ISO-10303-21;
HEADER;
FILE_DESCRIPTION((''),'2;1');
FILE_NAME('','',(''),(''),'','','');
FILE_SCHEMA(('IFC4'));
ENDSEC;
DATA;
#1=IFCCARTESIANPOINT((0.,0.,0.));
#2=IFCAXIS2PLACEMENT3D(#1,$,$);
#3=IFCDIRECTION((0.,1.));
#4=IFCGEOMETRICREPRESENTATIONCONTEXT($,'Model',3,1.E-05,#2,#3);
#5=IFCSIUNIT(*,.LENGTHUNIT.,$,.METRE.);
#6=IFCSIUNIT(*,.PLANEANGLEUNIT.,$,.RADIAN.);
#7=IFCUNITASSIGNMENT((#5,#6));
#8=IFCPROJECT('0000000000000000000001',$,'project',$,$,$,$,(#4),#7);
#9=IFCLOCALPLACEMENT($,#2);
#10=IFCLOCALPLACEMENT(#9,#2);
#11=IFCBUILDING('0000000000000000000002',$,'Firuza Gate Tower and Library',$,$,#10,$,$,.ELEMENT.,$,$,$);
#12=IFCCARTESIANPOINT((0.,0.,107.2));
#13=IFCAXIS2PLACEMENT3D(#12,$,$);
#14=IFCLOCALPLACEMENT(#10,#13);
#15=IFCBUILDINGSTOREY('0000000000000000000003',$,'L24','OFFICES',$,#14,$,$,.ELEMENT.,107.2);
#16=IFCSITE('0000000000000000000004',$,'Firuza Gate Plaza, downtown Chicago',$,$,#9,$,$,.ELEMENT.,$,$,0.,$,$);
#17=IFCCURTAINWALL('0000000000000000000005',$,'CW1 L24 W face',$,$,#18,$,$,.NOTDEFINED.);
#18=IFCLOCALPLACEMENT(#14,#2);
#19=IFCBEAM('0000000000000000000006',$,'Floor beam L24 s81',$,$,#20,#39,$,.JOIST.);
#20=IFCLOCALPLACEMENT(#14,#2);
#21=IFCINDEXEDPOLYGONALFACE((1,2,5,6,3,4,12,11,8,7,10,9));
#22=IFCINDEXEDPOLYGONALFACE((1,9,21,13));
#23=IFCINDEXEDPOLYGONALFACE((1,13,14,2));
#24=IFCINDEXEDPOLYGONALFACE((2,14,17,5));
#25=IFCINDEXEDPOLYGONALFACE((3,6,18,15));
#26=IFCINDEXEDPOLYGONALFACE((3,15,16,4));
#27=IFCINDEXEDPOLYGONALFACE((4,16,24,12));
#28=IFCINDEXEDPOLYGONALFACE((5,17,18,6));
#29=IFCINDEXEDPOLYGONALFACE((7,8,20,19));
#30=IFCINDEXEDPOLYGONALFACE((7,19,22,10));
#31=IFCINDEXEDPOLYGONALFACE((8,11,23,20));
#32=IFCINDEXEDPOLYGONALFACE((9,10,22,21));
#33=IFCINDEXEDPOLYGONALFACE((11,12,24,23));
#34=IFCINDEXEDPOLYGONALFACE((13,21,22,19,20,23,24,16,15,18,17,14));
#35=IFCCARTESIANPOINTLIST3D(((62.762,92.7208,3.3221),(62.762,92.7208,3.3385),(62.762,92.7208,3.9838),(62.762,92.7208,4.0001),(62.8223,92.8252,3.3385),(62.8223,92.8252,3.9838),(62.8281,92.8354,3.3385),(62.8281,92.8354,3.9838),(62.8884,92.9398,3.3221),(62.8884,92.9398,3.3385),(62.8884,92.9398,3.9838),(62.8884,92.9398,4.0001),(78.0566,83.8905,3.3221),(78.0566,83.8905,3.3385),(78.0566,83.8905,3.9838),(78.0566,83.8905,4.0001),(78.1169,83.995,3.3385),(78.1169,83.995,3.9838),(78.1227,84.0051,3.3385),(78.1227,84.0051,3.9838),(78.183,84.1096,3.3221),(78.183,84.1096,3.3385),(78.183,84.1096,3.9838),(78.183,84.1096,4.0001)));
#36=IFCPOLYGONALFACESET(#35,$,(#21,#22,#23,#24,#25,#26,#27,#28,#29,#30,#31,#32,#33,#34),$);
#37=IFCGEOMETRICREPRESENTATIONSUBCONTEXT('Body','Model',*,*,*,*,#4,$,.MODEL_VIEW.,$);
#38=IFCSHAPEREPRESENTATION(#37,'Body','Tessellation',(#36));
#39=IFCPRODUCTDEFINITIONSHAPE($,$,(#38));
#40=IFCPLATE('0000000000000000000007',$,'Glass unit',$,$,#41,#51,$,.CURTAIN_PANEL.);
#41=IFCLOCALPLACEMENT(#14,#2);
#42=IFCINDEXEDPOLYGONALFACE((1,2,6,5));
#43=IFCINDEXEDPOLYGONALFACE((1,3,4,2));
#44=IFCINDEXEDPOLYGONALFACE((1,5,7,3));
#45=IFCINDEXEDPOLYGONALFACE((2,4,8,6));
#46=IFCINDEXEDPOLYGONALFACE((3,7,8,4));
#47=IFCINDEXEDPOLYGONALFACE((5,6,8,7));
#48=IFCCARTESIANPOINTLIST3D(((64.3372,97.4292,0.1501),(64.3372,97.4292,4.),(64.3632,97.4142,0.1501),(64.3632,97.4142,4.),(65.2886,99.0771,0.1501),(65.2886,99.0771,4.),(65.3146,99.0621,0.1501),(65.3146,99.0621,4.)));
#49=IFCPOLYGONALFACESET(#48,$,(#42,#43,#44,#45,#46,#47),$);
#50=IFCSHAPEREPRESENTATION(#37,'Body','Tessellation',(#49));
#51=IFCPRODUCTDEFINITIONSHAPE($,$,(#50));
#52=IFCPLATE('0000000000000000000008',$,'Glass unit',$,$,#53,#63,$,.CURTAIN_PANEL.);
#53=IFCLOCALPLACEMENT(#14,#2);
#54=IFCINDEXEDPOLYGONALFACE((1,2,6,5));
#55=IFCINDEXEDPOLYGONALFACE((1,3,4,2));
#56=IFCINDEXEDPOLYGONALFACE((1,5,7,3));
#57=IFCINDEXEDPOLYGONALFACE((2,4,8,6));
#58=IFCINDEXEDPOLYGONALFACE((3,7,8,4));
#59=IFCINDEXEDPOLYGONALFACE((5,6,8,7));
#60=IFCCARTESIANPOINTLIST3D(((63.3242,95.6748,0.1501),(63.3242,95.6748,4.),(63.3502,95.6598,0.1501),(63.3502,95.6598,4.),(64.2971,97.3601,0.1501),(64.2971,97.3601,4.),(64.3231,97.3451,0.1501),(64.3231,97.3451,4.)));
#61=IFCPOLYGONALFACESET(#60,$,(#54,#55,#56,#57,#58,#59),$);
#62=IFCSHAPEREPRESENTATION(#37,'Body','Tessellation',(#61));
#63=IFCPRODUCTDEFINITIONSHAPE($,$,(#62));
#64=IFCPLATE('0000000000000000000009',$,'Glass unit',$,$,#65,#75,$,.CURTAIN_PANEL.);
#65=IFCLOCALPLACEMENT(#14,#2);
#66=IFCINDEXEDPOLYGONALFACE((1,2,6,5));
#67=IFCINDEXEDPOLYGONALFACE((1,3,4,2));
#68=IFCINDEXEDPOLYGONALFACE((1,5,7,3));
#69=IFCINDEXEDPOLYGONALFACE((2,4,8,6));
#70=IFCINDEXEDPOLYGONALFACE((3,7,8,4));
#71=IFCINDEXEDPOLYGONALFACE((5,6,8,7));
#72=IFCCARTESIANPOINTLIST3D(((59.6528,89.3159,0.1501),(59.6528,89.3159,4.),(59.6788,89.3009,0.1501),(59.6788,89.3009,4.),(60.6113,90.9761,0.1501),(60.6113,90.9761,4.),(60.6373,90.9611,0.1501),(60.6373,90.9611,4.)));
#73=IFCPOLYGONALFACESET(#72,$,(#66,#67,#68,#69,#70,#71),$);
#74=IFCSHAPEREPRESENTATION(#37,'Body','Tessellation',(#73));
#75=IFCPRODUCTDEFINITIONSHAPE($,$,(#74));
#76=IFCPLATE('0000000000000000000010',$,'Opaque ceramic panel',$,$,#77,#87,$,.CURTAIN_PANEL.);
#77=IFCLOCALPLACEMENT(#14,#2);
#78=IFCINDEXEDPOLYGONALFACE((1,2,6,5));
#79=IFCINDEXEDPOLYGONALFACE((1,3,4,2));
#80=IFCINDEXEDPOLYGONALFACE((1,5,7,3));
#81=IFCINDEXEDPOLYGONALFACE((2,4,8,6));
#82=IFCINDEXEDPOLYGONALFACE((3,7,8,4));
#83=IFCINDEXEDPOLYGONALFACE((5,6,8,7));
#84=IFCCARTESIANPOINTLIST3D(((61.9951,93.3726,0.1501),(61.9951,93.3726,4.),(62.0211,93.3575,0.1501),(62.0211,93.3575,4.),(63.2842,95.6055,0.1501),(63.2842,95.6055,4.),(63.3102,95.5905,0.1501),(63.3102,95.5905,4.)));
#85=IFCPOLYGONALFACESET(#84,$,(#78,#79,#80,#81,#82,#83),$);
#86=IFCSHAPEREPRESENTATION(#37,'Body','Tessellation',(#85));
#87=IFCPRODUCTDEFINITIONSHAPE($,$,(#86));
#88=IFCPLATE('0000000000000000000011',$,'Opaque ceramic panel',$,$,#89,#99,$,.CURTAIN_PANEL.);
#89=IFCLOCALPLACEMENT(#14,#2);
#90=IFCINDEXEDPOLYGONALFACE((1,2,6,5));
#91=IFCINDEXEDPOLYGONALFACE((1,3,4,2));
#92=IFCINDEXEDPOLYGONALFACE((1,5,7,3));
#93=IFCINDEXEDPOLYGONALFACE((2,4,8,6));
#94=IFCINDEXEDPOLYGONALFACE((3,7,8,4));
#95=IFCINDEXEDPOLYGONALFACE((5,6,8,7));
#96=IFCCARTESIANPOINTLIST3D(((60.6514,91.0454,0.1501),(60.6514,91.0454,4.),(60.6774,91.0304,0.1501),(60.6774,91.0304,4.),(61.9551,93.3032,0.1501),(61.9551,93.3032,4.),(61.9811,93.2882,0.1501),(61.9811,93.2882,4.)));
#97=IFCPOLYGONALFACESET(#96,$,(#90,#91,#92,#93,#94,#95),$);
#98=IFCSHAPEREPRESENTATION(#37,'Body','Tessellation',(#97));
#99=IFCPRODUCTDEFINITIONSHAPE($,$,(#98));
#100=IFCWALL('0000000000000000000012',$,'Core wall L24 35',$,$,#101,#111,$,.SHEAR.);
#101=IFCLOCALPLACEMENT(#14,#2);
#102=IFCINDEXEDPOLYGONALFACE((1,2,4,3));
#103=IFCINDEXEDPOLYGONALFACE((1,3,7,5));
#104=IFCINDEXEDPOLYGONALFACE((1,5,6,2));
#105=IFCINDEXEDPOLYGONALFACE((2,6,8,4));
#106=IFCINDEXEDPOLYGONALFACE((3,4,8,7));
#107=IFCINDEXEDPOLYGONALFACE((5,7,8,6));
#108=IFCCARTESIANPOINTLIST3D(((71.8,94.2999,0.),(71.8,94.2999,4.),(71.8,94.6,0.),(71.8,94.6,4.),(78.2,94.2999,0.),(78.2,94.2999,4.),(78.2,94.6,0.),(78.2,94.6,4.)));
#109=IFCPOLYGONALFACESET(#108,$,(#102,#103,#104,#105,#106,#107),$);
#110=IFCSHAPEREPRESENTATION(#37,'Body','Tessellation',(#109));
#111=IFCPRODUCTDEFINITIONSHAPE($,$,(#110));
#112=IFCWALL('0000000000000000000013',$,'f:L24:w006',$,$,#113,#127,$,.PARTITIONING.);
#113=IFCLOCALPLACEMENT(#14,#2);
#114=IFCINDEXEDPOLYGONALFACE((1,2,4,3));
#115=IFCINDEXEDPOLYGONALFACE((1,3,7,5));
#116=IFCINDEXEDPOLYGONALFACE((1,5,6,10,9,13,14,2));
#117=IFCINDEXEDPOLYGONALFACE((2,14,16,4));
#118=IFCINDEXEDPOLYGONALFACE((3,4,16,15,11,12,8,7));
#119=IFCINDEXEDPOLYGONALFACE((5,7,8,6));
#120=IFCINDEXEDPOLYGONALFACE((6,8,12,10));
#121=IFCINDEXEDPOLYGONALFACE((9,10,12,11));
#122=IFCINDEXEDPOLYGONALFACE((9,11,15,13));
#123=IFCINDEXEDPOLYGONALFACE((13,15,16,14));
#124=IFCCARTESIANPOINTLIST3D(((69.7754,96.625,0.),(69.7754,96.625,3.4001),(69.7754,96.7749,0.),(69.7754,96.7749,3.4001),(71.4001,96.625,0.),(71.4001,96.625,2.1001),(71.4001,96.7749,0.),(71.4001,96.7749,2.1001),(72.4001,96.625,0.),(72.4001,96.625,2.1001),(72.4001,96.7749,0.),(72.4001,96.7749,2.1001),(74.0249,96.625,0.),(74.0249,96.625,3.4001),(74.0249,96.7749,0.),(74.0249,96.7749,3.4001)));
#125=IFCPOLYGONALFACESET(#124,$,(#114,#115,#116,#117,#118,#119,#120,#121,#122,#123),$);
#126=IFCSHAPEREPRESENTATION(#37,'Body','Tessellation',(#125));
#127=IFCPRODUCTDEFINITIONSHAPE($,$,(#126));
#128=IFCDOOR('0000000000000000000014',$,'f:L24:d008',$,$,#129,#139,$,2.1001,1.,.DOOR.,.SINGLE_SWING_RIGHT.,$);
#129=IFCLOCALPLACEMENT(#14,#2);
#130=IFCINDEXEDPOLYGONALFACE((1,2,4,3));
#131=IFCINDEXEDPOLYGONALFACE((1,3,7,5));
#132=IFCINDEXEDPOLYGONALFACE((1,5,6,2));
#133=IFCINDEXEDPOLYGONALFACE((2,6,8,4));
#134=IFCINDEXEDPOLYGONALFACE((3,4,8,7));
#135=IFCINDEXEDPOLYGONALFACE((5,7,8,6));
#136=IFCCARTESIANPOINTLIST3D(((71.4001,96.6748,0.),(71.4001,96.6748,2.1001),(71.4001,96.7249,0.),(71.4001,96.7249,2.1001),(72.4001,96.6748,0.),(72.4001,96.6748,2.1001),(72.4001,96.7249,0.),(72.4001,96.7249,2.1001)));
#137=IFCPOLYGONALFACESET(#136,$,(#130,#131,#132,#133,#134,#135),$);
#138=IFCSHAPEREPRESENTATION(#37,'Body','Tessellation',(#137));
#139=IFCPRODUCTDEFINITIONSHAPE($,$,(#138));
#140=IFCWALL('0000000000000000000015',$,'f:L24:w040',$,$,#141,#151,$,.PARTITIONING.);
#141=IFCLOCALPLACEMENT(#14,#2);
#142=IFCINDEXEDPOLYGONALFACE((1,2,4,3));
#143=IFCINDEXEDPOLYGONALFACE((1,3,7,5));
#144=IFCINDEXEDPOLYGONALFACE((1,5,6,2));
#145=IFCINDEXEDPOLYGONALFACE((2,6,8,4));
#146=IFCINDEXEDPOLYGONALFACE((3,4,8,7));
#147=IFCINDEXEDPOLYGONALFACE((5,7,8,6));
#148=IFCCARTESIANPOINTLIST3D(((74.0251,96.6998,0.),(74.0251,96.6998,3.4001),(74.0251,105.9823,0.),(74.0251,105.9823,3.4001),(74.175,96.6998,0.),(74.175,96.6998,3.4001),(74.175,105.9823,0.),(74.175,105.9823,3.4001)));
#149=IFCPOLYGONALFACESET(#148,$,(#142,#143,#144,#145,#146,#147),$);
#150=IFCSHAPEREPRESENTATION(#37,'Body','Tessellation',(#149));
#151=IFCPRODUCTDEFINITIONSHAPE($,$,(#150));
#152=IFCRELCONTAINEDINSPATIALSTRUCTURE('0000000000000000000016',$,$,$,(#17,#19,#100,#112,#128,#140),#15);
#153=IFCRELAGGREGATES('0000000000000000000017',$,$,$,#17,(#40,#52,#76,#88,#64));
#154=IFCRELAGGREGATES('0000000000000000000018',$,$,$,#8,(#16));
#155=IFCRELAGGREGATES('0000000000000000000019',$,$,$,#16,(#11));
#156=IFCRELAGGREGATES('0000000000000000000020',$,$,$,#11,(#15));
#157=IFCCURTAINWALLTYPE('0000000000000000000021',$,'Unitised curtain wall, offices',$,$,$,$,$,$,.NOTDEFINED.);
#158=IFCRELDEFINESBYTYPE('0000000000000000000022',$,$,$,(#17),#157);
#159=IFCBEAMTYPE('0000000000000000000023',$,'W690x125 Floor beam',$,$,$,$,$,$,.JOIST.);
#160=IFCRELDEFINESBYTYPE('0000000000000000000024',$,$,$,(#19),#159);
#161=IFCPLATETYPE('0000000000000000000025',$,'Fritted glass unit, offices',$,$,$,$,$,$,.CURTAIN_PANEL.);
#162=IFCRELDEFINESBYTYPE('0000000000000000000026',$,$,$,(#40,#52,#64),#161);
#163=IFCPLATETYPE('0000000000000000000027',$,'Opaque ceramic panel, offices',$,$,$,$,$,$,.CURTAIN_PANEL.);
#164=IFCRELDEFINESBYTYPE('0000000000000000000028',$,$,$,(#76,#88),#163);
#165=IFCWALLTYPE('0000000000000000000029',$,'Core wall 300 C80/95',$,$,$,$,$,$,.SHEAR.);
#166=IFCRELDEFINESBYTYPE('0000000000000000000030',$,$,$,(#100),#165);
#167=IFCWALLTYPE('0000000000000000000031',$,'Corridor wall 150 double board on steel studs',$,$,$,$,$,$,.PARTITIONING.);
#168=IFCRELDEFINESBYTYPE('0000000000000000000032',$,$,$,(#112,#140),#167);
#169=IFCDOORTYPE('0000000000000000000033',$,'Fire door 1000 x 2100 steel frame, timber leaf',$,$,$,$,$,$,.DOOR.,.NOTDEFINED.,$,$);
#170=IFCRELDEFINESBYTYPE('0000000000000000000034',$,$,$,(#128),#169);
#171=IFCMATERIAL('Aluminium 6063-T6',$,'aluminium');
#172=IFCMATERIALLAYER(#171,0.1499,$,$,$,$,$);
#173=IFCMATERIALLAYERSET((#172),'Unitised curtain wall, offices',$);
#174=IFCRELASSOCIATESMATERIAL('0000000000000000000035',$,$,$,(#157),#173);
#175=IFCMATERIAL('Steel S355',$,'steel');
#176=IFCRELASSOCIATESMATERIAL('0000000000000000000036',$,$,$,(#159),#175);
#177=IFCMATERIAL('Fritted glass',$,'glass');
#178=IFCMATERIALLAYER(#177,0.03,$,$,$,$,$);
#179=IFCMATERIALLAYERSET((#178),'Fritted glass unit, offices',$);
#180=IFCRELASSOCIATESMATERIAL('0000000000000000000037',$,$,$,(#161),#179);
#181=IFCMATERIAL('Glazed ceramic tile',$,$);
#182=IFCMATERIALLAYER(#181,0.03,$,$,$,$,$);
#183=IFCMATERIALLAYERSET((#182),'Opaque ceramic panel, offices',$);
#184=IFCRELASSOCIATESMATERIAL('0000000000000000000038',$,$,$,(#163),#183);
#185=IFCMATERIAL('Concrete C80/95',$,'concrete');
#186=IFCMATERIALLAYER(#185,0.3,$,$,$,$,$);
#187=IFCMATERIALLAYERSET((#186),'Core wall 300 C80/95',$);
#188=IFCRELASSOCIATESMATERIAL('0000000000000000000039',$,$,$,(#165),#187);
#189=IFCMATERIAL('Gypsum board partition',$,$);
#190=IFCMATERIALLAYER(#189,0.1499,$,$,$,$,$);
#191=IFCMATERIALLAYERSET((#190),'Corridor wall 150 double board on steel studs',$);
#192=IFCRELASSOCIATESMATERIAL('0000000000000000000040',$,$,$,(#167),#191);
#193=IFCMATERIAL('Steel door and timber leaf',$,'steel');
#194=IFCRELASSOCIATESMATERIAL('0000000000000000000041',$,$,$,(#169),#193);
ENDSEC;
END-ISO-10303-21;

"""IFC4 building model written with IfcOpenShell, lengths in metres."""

from ifc_helpers import new_model, si_unit, direction, frame, frame_2d, origin, origin_2d, place, context, subcontext, project, spatial, polyline, rectangle, i_section, outline, extrude, material, layer, layer_set, material_profile, profile_set, type_object, element, fill, aggregate, save


model = new_model("IFC4")

# Units and contexts
model_context = context("Model", 3, precision=1e-05, world=origin(), true_north=direction((0.0, 1.0)))
body_context = subcontext(model_context, "Body", "Model", "MODEL_VIEW")
ifc_project = project(units=[si_unit("LENGTHUNIT", "METRE"), si_unit("PLANEANGLEUNIT", "RADIAN")], contexts=[model_context])

# Site, building, storey
site_placement = place(None, origin())
site = spatial("IfcSite", under=ifc_project, at=site_placement, Name="Firuza Gate Plaza, downtown Chicago", CompositionType="ELEMENT", RefElevation=0.0)
building_placement = place(site_placement, origin())
building = spatial("IfcBuilding", under=site, at=building_placement, Name="Firuza Gate Tower and Library", CompositionType="ELEMENT")
storey_placement = place(building_placement, frame((0.0, 0.0, 107.2)))
storey = spatial("IfcBuildingStorey", under=building, at=storey_placement, Name="L24", Description="OFFICES", CompositionType="ELEMENT", Elevation=107.2)

# Curtain wall
ifc_material_1 = material(Name="Aluminium 6063-T6", Category="aluminium")
ifc_layer_1 = layer(ifc_material_1, 0.1499)
ifc_layer_set_1 = layer_set([ifc_layer_1], Name="Unitised curtain wall, offices")
curtain_wall_type = type_object("IfcCurtainWallType", Name="Unitised curtain wall, offices", PredefinedType="NOTDEFINED", material=ifc_layer_set_1)
placement = place(storey_placement, origin())
curtain_wall = element("IfcCurtainWall", 1, at=placement, inside=storey, type_object=curtain_wall_type, Name="CW1 L24 W face", PredefinedType="NOTDEFINED")

# Beam
ifc_material_2 = material(Name="Steel S355", Category="steel")
ifc_material_profile_1 = material_profile(ifc_material_2, i_section(OverallWidth=0.2529, OverallDepth=0.678, WebThickness=0.0117, FlangeThickness=0.0164, at=origin_2d()))
ifc_profile_set_1 = profile_set([ifc_material_profile_1], Name="Steel S355")
beam_type_1 = type_object("IfcBeamType", Name="W690x125 Floor beam", PredefinedType="JOIST", material=ifc_profile_set_1)
beam_1_placement = place(storey_placement, frame((62.8252, 92.8303, 3.6611), z_axis=(0.866027, -0.499997, 0.0), x_axis=(0.499997, 0.866027, 0.0)))
element("IfcBeam", 2, at=beam_1_placement, inside=storey, type_object=beam_type_1, Name="Floor beam L24 s81", PredefinedType="JOIST", context=body_context, shape_type="SweptSolid", body=[
    extrude(i_section(OverallWidth=0.2529, OverallDepth=0.678, WebThickness=0.0117, FlangeThickness=0.0164, at=origin_2d()), origin(), (0.0, 0.0, 1.0), 17.6606),
])

# Plates
ifc_material_3 = material(Name="Fritted glass", Category="glass")
ifc_layer_2 = layer(ifc_material_3, 0.03)
ifc_layer_set_2 = layer_set([ifc_layer_2], Name="Fritted glass unit, offices")
plate_type_1 = type_object("IfcPlateType", Name="Fritted glass unit, offices", PredefinedType="CURTAIN_PANEL", material=ifc_layer_set_2)
plate_1_placement = place(storey_placement, frame((65.2886, 99.0771, 0.1501), z_axis=(-0.866032, 0.499989, 0.0), x_axis=(-0.499989, -0.866032, 0.0)))
plate_1 = element("IfcPlate", 3, at=plate_1_placement, type_object=plate_type_1, Name="Glass unit", PredefinedType="CURTAIN_PANEL", context=body_context, shape_type="SweptSolid", body=[
    extrude(outline(polyline([(0.0, 0.0), (1.9029, 0.0), (1.9029, 3.8499), (0.0, 3.8499), (0.0, 0.0)])), origin(), (0.0, 0.0, -1.0), 0.03),
])
plate_2_placement = place(storey_placement, frame((64.2971, 97.3601, 0.1501), z_axis=(-0.86605, 0.499958, 0.0), x_axis=(-0.499958, -0.86605, 0.0)))
plate_2 = element("IfcPlate", 4, at=plate_2_placement, type_object=plate_type_1, Name="Glass unit", PredefinedType="CURTAIN_PANEL", context=body_context, shape_type="SweptSolid", body=[
    extrude(outline(polyline([(0.0, 0.0), (1.946, 0.0), (1.946, 3.8499), (0.0, 3.8499), (0.0, 0.0)])), origin(), (0.0, 0.0, -1.0), 0.03),
])
plate_3_placement = place(storey_placement, frame((60.6113, 90.9761, 0.1501), z_axis=(-0.866024, 0.500002, 0.0), x_axis=(-0.500002, -0.866024, 0.0)))
plate_3 = element("IfcPlate", 5, at=plate_3_placement, type_object=plate_type_1, Name="Glass unit", PredefinedType="CURTAIN_PANEL", context=body_context, shape_type="SweptSolid", body=[
    extrude(outline(polyline([(0.0, 0.0), (1.917, 0.0), (1.917, 3.8499), (0.0, 3.8499), (0.0, 0.0)])), origin(), (0.0, 0.0, -1.0), 0.03),
])
ifc_material_4 = material(Name="Glazed ceramic tile")
ifc_layer_3 = layer(ifc_material_4, 0.03)
ifc_layer_set_3 = layer_set([ifc_layer_3], Name="Opaque ceramic panel, offices")
plate_type_2 = type_object("IfcPlateType", Name="Opaque ceramic panel, offices", PredefinedType="CURTAIN_PANEL", material=ifc_layer_set_3)
plate_4_placement = place(storey_placement, frame((63.2842, 95.6055, 0.1501), z_axis=(-0.866044, 0.499968, 0.0), x_axis=(-0.499968, -0.866044, 0.0)))
plate_4 = element("IfcPlate", 6, at=plate_4_placement, type_object=plate_type_2, Name="Opaque ceramic panel", PredefinedType="CURTAIN_PANEL", context=body_context, shape_type="SweptSolid", body=[
    extrude(outline(polyline([(0.0, 0.0), (2.5783, 0.0), (2.5783, 3.8499), (0.0, 3.8499), (0.0, 0.0)])), origin(), (0.0, 0.0, -1.0), 0.03),
])
plate_5_placement = place(storey_placement, frame((61.9551, 93.3032, 0.1501), z_axis=(-0.865998, 0.500047, 0.0), x_axis=(-0.500047, -0.865998, 0.0)))
plate_5 = element("IfcPlate", 7, at=plate_5_placement, type_object=plate_type_2, Name="Opaque ceramic panel", PredefinedType="CURTAIN_PANEL", context=body_context, shape_type="SweptSolid", body=[
    extrude(outline(polyline([(0.0, 0.0), (2.6072, 0.0), (2.6072, 3.8499), (0.0, 3.8499), (0.0, 0.0)])), origin(), (0.0, 0.0, -1.0), 0.03),
])
aggregate(curtain_wall, [plate_1, plate_2, plate_4, plate_5, plate_3])

# Wall
ifc_material_5 = material(Name="Concrete C80/95", Category="concrete")
ifc_layer_4 = layer(ifc_material_5, 0.3)
ifc_layer_set_4 = layer_set([ifc_layer_4], Name="Core wall 300 C80/95")
wall_type_1 = type_object("IfcWallType", Name="Core wall 300 C80/95", PredefinedType="SHEAR", material=ifc_layer_set_4)
wall_1_placement = place(storey_placement, frame((71.8, 94.45, 0.0), z_axis=(0.0, 0.0, 1.0), x_axis=(1.0, 0.0, 0.0)))
element("IfcWall", 8, at=wall_1_placement, inside=storey, type_object=wall_type_1, Name="Core wall L24 35", PredefinedType="SHEAR", context=body_context, shape_type="SweptSolid", body=[
    extrude(rectangle(XDim=6.3999, YDim=0.3, at=frame_2d((3.2, 0.0))), origin(), (0.0, 0.0, 1.0), 4.0),
])

# Wall, opening, door
ifc_material_6 = material(Name="Gypsum board partition")
ifc_layer_5 = layer(ifc_material_6, 0.1499)
ifc_layer_set_5 = layer_set([ifc_layer_5], Name="Corridor wall 150 double board on steel studs")
wall_type_2 = type_object("IfcWallType", Name="Corridor wall 150 double board on steel studs", PredefinedType="PARTITIONING", material=ifc_layer_set_5)
wall_2_placement = place(storey_placement, frame((69.7754, 96.7, 0.0), z_axis=(0.0, 0.0, 1.0), x_axis=(1.0, 0.0, 0.0)))
wall_2 = element("IfcWall", 9, at=wall_2_placement, inside=storey, type_object=wall_type_2, Name="f:L24:w006", PredefinedType="PARTITIONING", context=body_context, shape_type="SweptSolid", body=[
    extrude(rectangle(XDim=4.2495, YDim=0.1499, at=frame_2d((2.1248, 0.0))), origin(), (0.0, 0.0, 1.0), 3.4001),
])
opening_1_placement = place(wall_2_placement, frame((1.6248, 0.0, 0.0)))
opening_1 = element("IfcOpeningElement", 10, at=opening_1_placement, cuts=wall_2, PredefinedType="OPENING", context=body_context, shape_type="SweptSolid", body=[
    extrude(rectangle(XDim=1.0, YDim=2.1001, at=frame_2d((0.5, 1.05))), frame((0.0, 0.085, 0.0), z_axis=(0.0, -1.0, 0.0), x_axis=(1.0, 0.0, 0.0)), (0.0, 0.0, 1.0), 0.1699),
])
ifc_material_7 = material(Name="Steel door and timber leaf", Category="steel")
door_type_1 = type_object("IfcDoorType", Name="Fire door 1000 x 2100 steel frame, timber leaf", OperationType="NOTDEFINED", PredefinedType="DOOR", material=ifc_material_7)
door_1_placement = place(opening_1_placement, origin())
door_1 = element("IfcDoor", 11, at=door_1_placement, inside=storey, type_object=door_type_1, Name="f:L24:d008", OperationType="SINGLE_SWING_RIGHT", OverallHeight=2.1001, OverallWidth=1.0, PredefinedType="DOOR", context=body_context, shape_type="SweptSolid", body=[
    extrude(rectangle(XDim=1.0, YDim=2.1001, at=frame_2d((0.5, 1.05))), frame((0.0, 0.0249, 0.0), z_axis=(0.0, -1.0, 0.0), x_axis=(1.0, 0.0, 0.0)), (0.0, 0.0, 1.0), 0.05),
])
fill(opening_1, door_1)

# Wall
wall_3_placement = place(storey_placement, frame((74.1001, 96.7, 0.0), z_axis=(0.0, 0.0, 1.0), x_axis=(0.0, 1.0, 0.0)))
element("IfcWall", 12, at=wall_3_placement, inside=storey, type_object=wall_type_2, Name="f:L24:w040", PredefinedType="PARTITIONING", context=body_context, shape_type="SweptSolid", body=[
    extrude(rectangle(XDim=9.2825, YDim=0.1499, at=frame_2d((4.6411, 0.0))), origin(), (0.0, 0.0, 1.0), 3.4001),
])

save(model, "model.ifc")
